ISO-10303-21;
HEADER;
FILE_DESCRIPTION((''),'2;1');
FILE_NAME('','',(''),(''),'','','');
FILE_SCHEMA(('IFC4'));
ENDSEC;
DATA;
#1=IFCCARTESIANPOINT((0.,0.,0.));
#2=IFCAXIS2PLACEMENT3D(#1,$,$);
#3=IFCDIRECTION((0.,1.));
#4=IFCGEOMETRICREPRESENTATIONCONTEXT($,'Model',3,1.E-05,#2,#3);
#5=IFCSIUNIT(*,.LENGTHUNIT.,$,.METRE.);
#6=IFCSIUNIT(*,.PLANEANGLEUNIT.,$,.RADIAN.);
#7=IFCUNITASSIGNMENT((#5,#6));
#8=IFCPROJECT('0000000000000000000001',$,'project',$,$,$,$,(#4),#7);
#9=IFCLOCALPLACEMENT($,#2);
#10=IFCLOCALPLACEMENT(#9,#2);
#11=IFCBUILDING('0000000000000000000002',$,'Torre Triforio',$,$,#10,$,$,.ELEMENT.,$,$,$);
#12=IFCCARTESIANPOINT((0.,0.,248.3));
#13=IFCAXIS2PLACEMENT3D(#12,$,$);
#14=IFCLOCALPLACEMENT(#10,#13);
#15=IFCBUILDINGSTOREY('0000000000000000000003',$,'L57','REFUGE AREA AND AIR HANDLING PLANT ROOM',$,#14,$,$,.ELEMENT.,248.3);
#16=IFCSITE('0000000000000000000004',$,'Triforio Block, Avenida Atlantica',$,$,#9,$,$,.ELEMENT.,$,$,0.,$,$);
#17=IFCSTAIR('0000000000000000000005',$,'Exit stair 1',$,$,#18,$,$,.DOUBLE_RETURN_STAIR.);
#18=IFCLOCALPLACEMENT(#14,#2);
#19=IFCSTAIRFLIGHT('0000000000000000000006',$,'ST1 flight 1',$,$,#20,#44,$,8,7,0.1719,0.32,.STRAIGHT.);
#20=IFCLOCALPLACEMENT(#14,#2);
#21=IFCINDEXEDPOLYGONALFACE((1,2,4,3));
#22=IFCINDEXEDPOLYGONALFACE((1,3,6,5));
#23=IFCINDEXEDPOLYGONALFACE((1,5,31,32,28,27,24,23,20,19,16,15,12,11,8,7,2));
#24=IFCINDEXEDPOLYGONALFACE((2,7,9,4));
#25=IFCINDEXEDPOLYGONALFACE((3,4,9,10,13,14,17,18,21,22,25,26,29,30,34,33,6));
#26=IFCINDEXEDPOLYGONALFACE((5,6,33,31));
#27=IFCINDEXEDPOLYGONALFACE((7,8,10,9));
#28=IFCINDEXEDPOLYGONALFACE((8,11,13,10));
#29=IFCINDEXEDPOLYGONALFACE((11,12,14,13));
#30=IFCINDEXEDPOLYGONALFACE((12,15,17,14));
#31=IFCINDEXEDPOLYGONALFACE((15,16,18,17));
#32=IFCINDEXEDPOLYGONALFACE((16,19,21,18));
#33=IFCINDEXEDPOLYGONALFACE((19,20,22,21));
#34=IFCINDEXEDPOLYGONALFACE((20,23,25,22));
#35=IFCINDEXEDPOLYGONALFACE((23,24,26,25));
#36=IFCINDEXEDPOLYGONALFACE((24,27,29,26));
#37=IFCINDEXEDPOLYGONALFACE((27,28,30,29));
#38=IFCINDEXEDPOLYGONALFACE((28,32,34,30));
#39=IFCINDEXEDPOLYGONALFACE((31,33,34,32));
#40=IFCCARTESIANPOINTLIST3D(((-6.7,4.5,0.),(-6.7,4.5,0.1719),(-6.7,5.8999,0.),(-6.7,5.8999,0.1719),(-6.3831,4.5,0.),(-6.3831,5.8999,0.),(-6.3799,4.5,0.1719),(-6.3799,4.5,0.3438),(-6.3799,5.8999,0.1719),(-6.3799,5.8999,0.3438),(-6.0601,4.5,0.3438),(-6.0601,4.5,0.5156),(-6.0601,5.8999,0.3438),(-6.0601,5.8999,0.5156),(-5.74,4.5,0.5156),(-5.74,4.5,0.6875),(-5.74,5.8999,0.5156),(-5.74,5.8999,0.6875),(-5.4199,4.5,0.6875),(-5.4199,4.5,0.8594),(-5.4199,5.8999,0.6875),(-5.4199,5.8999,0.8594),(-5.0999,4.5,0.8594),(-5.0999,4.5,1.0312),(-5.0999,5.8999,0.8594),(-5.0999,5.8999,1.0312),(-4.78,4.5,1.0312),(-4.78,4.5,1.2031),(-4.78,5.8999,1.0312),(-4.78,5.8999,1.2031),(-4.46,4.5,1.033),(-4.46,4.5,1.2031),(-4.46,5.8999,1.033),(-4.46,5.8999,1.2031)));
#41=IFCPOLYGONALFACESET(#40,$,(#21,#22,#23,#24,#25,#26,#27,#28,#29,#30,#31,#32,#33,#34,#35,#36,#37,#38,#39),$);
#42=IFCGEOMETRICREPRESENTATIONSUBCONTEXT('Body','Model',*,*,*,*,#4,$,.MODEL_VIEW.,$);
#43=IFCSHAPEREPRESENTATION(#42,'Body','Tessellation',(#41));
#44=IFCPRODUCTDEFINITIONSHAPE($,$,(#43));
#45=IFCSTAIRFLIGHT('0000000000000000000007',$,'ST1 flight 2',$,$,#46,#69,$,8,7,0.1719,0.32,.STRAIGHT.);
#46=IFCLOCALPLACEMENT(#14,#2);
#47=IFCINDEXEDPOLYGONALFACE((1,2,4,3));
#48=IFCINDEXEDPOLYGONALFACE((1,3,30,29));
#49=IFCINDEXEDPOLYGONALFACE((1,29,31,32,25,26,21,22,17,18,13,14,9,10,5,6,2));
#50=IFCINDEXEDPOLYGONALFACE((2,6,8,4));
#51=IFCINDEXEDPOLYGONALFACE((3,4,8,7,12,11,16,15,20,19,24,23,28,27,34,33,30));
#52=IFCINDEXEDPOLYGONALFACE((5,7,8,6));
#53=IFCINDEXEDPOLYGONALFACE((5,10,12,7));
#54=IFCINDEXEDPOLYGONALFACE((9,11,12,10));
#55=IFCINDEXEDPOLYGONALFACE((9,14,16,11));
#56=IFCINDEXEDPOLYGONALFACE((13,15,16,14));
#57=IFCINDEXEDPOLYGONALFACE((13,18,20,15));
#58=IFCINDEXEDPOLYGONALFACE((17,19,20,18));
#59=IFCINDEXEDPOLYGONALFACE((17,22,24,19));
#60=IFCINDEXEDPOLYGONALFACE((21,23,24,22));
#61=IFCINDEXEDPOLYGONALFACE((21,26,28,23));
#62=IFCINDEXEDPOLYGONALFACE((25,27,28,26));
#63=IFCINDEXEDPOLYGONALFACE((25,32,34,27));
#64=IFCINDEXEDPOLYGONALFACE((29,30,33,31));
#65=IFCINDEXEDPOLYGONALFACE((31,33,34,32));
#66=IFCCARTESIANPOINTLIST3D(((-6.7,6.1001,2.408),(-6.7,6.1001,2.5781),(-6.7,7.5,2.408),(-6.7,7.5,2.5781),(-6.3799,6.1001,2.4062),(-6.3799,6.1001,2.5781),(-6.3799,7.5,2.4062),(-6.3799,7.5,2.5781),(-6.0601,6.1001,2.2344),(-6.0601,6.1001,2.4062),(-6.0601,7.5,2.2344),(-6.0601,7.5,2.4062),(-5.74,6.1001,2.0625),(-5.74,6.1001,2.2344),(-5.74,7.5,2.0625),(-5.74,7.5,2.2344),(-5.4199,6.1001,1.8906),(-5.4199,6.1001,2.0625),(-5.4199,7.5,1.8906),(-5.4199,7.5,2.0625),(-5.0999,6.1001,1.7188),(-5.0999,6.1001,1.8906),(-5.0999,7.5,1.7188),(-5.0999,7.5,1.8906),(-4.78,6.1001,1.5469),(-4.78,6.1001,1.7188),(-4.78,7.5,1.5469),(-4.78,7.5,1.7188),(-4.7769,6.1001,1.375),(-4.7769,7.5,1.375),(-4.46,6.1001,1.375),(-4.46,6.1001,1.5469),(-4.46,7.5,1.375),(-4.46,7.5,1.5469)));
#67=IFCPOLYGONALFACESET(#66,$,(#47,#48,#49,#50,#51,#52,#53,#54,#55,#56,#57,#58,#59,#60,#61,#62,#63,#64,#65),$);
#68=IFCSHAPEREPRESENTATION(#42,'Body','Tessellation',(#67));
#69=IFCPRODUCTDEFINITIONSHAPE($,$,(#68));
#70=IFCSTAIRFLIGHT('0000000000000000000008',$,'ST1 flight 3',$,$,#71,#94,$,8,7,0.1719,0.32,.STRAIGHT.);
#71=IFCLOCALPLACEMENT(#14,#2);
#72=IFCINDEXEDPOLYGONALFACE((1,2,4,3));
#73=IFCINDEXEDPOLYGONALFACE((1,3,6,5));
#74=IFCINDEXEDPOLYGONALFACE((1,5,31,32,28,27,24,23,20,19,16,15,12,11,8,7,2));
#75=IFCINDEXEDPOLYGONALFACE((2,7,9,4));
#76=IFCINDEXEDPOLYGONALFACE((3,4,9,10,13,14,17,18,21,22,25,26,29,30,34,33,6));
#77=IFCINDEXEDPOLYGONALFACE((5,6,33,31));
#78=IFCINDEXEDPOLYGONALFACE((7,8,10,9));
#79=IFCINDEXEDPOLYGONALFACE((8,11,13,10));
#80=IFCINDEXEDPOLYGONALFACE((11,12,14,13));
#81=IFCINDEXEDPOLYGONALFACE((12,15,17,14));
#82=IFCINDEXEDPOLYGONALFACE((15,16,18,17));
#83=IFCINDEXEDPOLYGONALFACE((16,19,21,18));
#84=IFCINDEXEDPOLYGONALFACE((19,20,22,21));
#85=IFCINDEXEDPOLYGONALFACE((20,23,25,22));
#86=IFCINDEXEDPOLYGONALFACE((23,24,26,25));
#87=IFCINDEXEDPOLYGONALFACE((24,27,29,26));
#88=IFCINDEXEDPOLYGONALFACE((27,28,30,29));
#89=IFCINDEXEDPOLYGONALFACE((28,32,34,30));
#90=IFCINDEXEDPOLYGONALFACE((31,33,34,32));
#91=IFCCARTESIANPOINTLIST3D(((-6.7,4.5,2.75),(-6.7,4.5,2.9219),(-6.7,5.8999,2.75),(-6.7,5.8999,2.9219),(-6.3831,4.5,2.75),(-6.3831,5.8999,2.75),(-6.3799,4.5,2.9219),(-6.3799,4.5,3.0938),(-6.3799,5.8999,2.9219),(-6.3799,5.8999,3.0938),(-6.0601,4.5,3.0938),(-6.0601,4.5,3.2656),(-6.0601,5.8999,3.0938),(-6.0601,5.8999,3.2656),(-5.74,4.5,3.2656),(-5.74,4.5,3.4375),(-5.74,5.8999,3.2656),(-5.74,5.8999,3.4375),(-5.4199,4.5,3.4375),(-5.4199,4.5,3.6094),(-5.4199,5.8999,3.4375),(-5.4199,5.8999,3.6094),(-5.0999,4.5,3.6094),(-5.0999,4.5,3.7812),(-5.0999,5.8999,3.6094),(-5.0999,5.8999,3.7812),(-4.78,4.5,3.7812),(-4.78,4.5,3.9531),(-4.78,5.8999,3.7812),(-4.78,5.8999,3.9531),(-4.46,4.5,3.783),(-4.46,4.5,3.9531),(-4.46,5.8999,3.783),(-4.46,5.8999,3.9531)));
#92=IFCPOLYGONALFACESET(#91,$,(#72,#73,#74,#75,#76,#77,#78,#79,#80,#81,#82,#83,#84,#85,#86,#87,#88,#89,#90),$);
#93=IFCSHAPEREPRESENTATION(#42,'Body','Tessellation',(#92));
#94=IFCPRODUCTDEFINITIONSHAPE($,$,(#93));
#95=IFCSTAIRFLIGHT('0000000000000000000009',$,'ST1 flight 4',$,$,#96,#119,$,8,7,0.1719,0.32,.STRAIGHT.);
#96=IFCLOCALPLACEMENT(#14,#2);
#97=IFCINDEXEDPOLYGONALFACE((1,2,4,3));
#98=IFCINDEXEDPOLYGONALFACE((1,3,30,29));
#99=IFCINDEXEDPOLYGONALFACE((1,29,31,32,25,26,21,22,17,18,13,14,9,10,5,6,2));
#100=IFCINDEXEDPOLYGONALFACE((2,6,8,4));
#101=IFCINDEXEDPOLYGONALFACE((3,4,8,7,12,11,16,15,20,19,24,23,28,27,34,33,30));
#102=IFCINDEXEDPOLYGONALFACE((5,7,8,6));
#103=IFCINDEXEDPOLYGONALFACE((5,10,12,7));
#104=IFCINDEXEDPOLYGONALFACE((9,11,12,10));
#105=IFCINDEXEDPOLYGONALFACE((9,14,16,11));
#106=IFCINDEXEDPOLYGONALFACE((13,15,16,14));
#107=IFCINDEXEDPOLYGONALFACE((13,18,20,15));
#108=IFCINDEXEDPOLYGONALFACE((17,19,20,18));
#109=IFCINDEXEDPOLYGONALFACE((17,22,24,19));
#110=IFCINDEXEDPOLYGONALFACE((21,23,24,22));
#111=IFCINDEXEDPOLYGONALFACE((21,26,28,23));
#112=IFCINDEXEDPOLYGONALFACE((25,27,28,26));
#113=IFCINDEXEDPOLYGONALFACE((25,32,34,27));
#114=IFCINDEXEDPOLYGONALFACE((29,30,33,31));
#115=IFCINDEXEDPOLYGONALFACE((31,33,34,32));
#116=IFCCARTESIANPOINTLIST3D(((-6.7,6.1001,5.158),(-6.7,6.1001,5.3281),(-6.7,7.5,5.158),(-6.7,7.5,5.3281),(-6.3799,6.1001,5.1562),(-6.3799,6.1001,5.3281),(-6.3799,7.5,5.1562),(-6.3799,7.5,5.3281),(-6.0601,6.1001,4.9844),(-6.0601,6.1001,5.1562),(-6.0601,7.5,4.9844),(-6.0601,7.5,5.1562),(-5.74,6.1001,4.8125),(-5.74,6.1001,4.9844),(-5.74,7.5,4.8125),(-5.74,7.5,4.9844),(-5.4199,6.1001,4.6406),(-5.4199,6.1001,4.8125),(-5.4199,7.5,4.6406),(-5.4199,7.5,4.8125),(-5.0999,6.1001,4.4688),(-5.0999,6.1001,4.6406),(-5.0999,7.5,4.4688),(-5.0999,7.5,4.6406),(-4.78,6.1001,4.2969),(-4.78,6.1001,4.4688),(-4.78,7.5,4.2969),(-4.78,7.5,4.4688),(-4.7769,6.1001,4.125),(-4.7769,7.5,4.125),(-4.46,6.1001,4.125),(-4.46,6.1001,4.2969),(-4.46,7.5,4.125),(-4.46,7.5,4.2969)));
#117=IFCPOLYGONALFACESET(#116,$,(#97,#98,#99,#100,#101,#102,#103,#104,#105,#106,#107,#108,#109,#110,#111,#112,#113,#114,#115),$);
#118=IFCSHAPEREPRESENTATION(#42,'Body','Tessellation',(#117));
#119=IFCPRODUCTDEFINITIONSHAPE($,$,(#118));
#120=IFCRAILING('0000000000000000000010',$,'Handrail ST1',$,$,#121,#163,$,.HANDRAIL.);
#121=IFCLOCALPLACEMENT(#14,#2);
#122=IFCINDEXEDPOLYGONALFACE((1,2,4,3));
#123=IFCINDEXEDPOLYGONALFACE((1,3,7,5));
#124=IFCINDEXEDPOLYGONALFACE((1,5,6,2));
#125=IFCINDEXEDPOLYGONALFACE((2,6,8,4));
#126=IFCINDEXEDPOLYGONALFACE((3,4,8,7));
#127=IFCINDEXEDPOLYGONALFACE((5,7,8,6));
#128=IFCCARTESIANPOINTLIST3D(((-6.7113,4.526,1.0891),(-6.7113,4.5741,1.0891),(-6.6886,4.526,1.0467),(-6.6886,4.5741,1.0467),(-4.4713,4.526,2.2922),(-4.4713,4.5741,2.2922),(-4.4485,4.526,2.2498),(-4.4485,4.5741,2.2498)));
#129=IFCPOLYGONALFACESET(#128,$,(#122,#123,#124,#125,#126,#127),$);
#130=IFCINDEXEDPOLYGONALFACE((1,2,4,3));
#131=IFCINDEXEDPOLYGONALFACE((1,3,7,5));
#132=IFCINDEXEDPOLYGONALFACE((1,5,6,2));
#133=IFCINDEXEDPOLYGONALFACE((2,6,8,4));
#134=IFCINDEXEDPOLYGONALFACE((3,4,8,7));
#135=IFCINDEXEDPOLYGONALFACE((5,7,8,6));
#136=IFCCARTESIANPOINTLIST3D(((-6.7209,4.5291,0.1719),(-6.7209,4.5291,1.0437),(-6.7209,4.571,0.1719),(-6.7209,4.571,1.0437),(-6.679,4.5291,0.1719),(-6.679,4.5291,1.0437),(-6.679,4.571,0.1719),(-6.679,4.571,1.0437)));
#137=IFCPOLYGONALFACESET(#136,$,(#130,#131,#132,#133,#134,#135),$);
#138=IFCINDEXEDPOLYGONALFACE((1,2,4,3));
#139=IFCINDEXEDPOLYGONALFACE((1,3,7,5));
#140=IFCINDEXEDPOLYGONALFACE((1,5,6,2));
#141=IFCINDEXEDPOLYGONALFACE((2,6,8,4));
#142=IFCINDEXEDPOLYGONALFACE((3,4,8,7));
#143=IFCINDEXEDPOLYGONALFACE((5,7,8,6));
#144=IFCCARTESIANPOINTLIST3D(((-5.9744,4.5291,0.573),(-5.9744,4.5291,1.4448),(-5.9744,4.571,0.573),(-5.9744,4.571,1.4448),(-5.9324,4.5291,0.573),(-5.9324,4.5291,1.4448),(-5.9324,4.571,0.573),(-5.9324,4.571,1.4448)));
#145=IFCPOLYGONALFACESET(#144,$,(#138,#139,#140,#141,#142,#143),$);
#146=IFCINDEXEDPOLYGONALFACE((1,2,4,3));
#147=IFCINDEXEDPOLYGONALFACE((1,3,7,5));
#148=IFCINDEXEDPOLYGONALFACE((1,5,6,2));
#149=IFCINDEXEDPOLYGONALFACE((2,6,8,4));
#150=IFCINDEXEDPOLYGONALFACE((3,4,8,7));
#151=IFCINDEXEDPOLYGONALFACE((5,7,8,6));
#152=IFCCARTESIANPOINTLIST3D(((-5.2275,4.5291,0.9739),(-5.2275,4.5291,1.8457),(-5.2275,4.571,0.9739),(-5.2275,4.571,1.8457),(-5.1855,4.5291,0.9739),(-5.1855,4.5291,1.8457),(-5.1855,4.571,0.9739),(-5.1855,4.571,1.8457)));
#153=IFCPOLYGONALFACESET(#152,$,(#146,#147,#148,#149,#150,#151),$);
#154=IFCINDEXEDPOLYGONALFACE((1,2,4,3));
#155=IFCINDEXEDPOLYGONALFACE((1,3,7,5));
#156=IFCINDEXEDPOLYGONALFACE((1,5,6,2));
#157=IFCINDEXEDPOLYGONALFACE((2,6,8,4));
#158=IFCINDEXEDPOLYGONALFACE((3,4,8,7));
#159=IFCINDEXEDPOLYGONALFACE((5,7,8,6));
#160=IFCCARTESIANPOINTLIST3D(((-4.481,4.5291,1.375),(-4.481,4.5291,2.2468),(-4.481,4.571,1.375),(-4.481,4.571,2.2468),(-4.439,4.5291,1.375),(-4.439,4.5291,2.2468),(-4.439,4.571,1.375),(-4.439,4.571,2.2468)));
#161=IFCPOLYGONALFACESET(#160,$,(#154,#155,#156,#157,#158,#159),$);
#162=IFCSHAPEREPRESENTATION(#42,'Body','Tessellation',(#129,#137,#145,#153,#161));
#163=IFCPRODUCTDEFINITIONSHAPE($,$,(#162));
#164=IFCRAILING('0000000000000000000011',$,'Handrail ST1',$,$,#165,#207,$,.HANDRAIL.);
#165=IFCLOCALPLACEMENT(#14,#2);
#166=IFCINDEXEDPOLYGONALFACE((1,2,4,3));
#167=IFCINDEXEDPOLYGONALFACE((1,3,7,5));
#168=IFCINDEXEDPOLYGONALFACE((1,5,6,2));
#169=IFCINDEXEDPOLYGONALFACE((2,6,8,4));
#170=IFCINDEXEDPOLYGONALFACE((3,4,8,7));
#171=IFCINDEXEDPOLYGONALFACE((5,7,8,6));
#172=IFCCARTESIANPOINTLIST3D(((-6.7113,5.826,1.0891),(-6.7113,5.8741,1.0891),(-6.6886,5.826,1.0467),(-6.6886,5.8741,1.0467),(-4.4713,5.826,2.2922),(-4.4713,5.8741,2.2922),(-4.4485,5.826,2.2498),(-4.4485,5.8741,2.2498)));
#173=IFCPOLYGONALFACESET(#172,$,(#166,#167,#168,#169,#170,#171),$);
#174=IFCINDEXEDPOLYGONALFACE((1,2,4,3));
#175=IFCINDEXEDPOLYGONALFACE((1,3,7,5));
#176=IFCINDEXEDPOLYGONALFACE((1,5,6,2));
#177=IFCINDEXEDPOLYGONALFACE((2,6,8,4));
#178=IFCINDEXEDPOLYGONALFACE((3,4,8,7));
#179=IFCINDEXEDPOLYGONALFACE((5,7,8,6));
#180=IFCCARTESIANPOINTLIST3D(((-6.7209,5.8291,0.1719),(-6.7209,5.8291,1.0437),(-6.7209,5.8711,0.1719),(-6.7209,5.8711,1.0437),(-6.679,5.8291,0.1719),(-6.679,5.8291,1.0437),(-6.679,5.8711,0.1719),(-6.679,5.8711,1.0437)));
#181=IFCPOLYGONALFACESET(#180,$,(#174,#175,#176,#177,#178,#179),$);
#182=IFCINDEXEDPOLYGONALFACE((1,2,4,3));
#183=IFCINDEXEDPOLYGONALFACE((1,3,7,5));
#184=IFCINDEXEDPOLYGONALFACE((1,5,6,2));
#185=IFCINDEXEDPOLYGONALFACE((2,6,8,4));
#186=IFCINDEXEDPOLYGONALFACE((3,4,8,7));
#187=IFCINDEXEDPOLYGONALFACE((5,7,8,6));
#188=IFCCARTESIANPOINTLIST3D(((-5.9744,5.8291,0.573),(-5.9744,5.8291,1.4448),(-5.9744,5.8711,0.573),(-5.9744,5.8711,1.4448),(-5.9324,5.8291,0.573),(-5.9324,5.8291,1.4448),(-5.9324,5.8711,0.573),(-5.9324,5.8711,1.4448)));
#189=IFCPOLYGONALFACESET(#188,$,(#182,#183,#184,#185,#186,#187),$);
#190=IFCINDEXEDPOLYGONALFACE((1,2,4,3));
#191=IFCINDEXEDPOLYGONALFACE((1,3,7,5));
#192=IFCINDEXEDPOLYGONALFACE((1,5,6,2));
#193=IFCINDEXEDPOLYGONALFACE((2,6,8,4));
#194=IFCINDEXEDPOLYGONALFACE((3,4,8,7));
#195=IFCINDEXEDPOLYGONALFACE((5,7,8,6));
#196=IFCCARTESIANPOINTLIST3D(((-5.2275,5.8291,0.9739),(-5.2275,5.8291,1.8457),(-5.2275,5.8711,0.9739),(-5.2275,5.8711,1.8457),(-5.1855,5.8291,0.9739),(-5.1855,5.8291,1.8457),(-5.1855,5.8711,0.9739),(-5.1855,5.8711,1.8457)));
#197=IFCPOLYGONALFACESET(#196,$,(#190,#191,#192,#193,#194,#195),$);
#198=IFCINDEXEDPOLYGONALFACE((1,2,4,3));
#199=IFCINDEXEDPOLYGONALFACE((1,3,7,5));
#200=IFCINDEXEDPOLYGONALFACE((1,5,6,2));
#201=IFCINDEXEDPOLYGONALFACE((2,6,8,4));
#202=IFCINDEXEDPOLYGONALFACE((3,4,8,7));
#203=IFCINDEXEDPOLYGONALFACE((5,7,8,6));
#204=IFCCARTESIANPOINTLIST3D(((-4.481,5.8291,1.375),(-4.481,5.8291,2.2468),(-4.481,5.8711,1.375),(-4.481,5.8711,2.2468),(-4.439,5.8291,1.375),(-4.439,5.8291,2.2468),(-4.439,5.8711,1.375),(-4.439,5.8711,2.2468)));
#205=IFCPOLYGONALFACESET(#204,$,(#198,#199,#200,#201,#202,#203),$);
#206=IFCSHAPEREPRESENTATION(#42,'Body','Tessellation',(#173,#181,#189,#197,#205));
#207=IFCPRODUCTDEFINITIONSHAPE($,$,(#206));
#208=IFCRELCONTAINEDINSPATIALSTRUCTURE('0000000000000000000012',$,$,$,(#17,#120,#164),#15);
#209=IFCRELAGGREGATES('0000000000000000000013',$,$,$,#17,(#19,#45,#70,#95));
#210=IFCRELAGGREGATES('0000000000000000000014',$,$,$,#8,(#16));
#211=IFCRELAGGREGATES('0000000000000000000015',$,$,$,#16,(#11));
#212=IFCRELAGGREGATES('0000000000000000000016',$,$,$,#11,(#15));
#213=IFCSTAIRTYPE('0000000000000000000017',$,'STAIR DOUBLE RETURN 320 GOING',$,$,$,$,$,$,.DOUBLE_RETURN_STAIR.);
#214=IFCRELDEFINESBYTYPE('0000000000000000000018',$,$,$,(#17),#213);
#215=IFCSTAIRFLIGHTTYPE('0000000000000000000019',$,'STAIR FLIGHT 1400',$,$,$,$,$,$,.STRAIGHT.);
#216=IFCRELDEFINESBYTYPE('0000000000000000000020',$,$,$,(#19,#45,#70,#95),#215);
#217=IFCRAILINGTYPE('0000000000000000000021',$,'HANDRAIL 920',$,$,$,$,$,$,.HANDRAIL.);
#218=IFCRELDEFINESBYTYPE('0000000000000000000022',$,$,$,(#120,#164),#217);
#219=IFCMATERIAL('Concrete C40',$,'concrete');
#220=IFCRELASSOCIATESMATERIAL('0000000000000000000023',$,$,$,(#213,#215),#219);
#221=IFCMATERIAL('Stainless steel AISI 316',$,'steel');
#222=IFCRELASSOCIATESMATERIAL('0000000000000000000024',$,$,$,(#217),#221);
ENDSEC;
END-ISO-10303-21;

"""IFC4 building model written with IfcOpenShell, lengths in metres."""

from ifc_helpers import new_model, si_unit, direction, frame, origin, origin_2d, place, context, subcontext, project, spatial, polyline, rectangle, outline, extrude, material, type_object, element, aggregate, save


model = new_model("IFC4")

# Units and contexts
model_context = context("Model", 3, precision=1e-05, world=origin(), true_north=direction((0.0, 1.0)))
body_context = subcontext(model_context, "Body", "Model", "MODEL_VIEW")
ifc_project = project(units=[si_unit("LENGTHUNIT", "METRE"), si_unit("PLANEANGLEUNIT", "RADIAN")], contexts=[model_context])

# Site, building, storey
site_placement = place(None, origin())
site = spatial("IfcSite", under=ifc_project, at=site_placement, Name="Triforio Block, Avenida Atlantica", CompositionType="ELEMENT", RefElevation=0.0)
building_placement = place(site_placement, origin())
building = spatial("IfcBuilding", under=site, at=building_placement, Name="Torre Triforio", CompositionType="ELEMENT")
storey_placement = place(building_placement, frame((0.0, 0.0, 248.3)))
storey = spatial("IfcBuildingStorey", under=building, at=storey_placement, Name="L57", Description="REFUGE AREA AND AIR HANDLING PLANT ROOM", CompositionType="ELEMENT", Elevation=248.3)

# Shared definitions
ifc_material_1 = material(Name="Concrete C40", Category="concrete")

# Stair, stair flights
stair_type = type_object("IfcStairType", Name="STAIR DOUBLE RETURN 320 GOING", PredefinedType="DOUBLE_RETURN_STAIR", material=ifc_material_1)
stair_placement = place(storey_placement, origin())
stair = element("IfcStair", 1, at=stair_placement, inside=storey, type_object=stair_type, Name="Exit stair 1", PredefinedType="DOUBLE_RETURN_STAIR")
stair_flight_type = type_object("IfcStairFlightType", Name="STAIR FLIGHT 1400", PredefinedType="STRAIGHT", material=ifc_material_1)
stair_flight_1_placement = place(storey_placement, frame((-6.7, 5.2, 0.0), z_axis=(0.0, 0.0, 1.0), x_axis=(1.0, 0.0, 0.0)))
stair_flight_1 = element("IfcStairFlight", 2, at=stair_flight_1_placement, type_object=stair_flight_type, Name="ST1 flight 1", NumberOfRisers=8, NumberOfTreads=7, PredefinedType="STRAIGHT", RiserHeight=0.1719, TreadLength=0.32, context=body_context, shape_type="SweptSolid", body=[
    extrude(outline(polyline([(0.0, 0.0), (0.0, 0.1719), (0.3201, 0.1719), (0.3201, 0.3438), (0.6399, 0.3438), (0.6399, 0.5156), (0.96, 0.5156), (0.96, 0.6875), (1.28, 0.6875), (1.28, 0.8594), (1.6001, 0.8594), (1.6001, 1.0312), (1.9199, 1.0312), (1.9199, 1.2031), (2.24, 1.2031), (2.24, 1.375), (2.24, 1.033), (0.3169, 0.0), (0.0, 0.0)])), frame((0.0, 0.7, 0.0), z_axis=(0.0, -1.0, 0.0), x_axis=(1.0, 0.0, 0.0)), (0.0, 0.0, 1.0), 1.3999),
])
stair_flight_2_placement = place(storey_placement, frame((-4.46, 6.8, 1.375), z_axis=(0.0, 0.0, 1.0), x_axis=(-1.0, 0.0, 0.0)))
stair_flight_2 = element("IfcStairFlight", 3, at=stair_flight_2_placement, type_object=stair_flight_type, Name="ST1 flight 2", NumberOfRisers=8, NumberOfTreads=7, PredefinedType="STRAIGHT", RiserHeight=0.1719, TreadLength=0.32, context=body_context, shape_type="SweptSolid", body=[
    extrude(outline(polyline([(0.0, 0.0), (0.0, 0.1719), (0.3201, 0.1719), (0.3201, 0.3438), (0.6399, 0.3438), (0.6399, 0.5156), (0.96, 0.5156), (0.96, 0.6875), (1.28, 0.6875), (1.28, 0.8594), (1.6001, 0.8594), (1.6001, 1.0312), (1.9199, 1.0312), (1.9199, 1.2031), (2.24, 1.2031), (2.24, 1.375), (2.24, 1.033), (0.3169, 0.0), (0.0, 0.0)])), frame((0.0, 0.7, 0.0), z_axis=(0.0, -1.0, 0.0), x_axis=(1.0, 0.0, 0.0)), (0.0, 0.0, 1.0), 1.3999),
])
stair_flight_3_placement = place(storey_placement, frame((-6.7, 5.2, 2.75), z_axis=(0.0, 0.0, 1.0), x_axis=(1.0, 0.0, 0.0)))
stair_flight_3 = element("IfcStairFlight", 4, at=stair_flight_3_placement, type_object=stair_flight_type, Name="ST1 flight 3", NumberOfRisers=8, NumberOfTreads=7, PredefinedType="STRAIGHT", RiserHeight=0.1719, TreadLength=0.32, context=body_context, shape_type="SweptSolid", body=[
    extrude(outline(polyline([(0.0, 0.0), (0.0, 0.1719), (0.3201, 0.1719), (0.3201, 0.3438), (0.6399, 0.3438), (0.6399, 0.5156), (0.96, 0.5156), (0.96, 0.6875), (1.28, 0.6875), (1.28, 0.8594), (1.6001, 0.8594), (1.6001, 1.0312), (1.9199, 1.0312), (1.9199, 1.2031), (2.24, 1.2031), (2.24, 1.375), (2.24, 1.033), (0.3169, 0.0), (0.0, 0.0)])), frame((0.0, 0.7, 0.0), z_axis=(0.0, -1.0, 0.0), x_axis=(1.0, 0.0, 0.0)), (0.0, 0.0, 1.0), 1.3999),
])
stair_flight_4_placement = place(storey_placement, frame((-4.46, 6.8, 4.125), z_axis=(0.0, 0.0, 1.0), x_axis=(-1.0, 0.0, 0.0)))
stair_flight_4 = element("IfcStairFlight", 5, at=stair_flight_4_placement, type_object=stair_flight_type, Name="ST1 flight 4", NumberOfRisers=8, NumberOfTreads=7, PredefinedType="STRAIGHT", RiserHeight=0.1719, TreadLength=0.32, context=body_context, shape_type="SweptSolid", body=[
    extrude(outline(polyline([(0.0, 0.0), (0.0, 0.1719), (0.3201, 0.1719), (0.3201, 0.3438), (0.6399, 0.3438), (0.6399, 0.5156), (0.96, 0.5156), (0.96, 0.6875), (1.28, 0.6875), (1.28, 0.8594), (1.6001, 0.8594), (1.6001, 1.0312), (1.9199, 1.0312), (1.9199, 1.2031), (2.24, 1.2031), (2.24, 1.375), (2.24, 1.033), (0.3169, 0.0), (0.0, 0.0)])), frame((0.0, 0.7, 0.0), z_axis=(0.0, -1.0, 0.0), x_axis=(1.0, 0.0, 0.0)), (0.0, 0.0, 1.0), 1.3999),
])
aggregate(stair, [stair_flight_1, stair_flight_2, stair_flight_3, stair_flight_4])

# Railings
ifc_material_2 = material(Name="Stainless steel AISI 316", Category="steel")
railing_type = type_object("IfcRailingType", Name="HANDRAIL 920", PredefinedType="HANDRAIL", material=ifc_material_2)
for number, where, name in (
    (6, (-6.7, 4.55, 0.1719), "Handrail ST1"),
    (7, (-6.7, 5.8501, 0.1719), "Handrail ST1"),
):
    element("IfcRailing", number, at=place(storey_placement, frame(where)), inside=storey, type_object=railing_type, Name=name, PredefinedType="HANDRAIL", context=body_context, shape_type="SweptSolid", body=[
        extrude(rectangle(XDim=0.0481, YDim=0.0481, at=origin_2d()), frame((0.0, 0.0, 0.896), z_axis=(0.880967, 0.0, 0.473178), x_axis=(0.0, 1.0, 0.0)), (0.0, 0.0, 1.0), 2.5427),
        extrude(rectangle(XDim=0.042, YDim=0.042, at=origin_2d()), origin(), (0.0, 0.0, 1.0), 0.8718),
        extrude(rectangle(XDim=0.042, YDim=0.042, at=origin_2d()), frame((0.7466, 0.0, 0.4011)), (0.0, 0.0, 1.0), 0.8718),
        extrude(rectangle(XDim=0.042, YDim=0.042, at=origin_2d()), frame((1.4934, 0.0, 0.802)), (0.0, 0.0, 1.0), 0.8718),
        extrude(rectangle(XDim=0.042, YDim=0.042, at=origin_2d()), frame((2.24, 0.0, 1.2031)), (0.0, 0.0, 1.0), 0.8718),
    ])

save(model, "model.ifc")
